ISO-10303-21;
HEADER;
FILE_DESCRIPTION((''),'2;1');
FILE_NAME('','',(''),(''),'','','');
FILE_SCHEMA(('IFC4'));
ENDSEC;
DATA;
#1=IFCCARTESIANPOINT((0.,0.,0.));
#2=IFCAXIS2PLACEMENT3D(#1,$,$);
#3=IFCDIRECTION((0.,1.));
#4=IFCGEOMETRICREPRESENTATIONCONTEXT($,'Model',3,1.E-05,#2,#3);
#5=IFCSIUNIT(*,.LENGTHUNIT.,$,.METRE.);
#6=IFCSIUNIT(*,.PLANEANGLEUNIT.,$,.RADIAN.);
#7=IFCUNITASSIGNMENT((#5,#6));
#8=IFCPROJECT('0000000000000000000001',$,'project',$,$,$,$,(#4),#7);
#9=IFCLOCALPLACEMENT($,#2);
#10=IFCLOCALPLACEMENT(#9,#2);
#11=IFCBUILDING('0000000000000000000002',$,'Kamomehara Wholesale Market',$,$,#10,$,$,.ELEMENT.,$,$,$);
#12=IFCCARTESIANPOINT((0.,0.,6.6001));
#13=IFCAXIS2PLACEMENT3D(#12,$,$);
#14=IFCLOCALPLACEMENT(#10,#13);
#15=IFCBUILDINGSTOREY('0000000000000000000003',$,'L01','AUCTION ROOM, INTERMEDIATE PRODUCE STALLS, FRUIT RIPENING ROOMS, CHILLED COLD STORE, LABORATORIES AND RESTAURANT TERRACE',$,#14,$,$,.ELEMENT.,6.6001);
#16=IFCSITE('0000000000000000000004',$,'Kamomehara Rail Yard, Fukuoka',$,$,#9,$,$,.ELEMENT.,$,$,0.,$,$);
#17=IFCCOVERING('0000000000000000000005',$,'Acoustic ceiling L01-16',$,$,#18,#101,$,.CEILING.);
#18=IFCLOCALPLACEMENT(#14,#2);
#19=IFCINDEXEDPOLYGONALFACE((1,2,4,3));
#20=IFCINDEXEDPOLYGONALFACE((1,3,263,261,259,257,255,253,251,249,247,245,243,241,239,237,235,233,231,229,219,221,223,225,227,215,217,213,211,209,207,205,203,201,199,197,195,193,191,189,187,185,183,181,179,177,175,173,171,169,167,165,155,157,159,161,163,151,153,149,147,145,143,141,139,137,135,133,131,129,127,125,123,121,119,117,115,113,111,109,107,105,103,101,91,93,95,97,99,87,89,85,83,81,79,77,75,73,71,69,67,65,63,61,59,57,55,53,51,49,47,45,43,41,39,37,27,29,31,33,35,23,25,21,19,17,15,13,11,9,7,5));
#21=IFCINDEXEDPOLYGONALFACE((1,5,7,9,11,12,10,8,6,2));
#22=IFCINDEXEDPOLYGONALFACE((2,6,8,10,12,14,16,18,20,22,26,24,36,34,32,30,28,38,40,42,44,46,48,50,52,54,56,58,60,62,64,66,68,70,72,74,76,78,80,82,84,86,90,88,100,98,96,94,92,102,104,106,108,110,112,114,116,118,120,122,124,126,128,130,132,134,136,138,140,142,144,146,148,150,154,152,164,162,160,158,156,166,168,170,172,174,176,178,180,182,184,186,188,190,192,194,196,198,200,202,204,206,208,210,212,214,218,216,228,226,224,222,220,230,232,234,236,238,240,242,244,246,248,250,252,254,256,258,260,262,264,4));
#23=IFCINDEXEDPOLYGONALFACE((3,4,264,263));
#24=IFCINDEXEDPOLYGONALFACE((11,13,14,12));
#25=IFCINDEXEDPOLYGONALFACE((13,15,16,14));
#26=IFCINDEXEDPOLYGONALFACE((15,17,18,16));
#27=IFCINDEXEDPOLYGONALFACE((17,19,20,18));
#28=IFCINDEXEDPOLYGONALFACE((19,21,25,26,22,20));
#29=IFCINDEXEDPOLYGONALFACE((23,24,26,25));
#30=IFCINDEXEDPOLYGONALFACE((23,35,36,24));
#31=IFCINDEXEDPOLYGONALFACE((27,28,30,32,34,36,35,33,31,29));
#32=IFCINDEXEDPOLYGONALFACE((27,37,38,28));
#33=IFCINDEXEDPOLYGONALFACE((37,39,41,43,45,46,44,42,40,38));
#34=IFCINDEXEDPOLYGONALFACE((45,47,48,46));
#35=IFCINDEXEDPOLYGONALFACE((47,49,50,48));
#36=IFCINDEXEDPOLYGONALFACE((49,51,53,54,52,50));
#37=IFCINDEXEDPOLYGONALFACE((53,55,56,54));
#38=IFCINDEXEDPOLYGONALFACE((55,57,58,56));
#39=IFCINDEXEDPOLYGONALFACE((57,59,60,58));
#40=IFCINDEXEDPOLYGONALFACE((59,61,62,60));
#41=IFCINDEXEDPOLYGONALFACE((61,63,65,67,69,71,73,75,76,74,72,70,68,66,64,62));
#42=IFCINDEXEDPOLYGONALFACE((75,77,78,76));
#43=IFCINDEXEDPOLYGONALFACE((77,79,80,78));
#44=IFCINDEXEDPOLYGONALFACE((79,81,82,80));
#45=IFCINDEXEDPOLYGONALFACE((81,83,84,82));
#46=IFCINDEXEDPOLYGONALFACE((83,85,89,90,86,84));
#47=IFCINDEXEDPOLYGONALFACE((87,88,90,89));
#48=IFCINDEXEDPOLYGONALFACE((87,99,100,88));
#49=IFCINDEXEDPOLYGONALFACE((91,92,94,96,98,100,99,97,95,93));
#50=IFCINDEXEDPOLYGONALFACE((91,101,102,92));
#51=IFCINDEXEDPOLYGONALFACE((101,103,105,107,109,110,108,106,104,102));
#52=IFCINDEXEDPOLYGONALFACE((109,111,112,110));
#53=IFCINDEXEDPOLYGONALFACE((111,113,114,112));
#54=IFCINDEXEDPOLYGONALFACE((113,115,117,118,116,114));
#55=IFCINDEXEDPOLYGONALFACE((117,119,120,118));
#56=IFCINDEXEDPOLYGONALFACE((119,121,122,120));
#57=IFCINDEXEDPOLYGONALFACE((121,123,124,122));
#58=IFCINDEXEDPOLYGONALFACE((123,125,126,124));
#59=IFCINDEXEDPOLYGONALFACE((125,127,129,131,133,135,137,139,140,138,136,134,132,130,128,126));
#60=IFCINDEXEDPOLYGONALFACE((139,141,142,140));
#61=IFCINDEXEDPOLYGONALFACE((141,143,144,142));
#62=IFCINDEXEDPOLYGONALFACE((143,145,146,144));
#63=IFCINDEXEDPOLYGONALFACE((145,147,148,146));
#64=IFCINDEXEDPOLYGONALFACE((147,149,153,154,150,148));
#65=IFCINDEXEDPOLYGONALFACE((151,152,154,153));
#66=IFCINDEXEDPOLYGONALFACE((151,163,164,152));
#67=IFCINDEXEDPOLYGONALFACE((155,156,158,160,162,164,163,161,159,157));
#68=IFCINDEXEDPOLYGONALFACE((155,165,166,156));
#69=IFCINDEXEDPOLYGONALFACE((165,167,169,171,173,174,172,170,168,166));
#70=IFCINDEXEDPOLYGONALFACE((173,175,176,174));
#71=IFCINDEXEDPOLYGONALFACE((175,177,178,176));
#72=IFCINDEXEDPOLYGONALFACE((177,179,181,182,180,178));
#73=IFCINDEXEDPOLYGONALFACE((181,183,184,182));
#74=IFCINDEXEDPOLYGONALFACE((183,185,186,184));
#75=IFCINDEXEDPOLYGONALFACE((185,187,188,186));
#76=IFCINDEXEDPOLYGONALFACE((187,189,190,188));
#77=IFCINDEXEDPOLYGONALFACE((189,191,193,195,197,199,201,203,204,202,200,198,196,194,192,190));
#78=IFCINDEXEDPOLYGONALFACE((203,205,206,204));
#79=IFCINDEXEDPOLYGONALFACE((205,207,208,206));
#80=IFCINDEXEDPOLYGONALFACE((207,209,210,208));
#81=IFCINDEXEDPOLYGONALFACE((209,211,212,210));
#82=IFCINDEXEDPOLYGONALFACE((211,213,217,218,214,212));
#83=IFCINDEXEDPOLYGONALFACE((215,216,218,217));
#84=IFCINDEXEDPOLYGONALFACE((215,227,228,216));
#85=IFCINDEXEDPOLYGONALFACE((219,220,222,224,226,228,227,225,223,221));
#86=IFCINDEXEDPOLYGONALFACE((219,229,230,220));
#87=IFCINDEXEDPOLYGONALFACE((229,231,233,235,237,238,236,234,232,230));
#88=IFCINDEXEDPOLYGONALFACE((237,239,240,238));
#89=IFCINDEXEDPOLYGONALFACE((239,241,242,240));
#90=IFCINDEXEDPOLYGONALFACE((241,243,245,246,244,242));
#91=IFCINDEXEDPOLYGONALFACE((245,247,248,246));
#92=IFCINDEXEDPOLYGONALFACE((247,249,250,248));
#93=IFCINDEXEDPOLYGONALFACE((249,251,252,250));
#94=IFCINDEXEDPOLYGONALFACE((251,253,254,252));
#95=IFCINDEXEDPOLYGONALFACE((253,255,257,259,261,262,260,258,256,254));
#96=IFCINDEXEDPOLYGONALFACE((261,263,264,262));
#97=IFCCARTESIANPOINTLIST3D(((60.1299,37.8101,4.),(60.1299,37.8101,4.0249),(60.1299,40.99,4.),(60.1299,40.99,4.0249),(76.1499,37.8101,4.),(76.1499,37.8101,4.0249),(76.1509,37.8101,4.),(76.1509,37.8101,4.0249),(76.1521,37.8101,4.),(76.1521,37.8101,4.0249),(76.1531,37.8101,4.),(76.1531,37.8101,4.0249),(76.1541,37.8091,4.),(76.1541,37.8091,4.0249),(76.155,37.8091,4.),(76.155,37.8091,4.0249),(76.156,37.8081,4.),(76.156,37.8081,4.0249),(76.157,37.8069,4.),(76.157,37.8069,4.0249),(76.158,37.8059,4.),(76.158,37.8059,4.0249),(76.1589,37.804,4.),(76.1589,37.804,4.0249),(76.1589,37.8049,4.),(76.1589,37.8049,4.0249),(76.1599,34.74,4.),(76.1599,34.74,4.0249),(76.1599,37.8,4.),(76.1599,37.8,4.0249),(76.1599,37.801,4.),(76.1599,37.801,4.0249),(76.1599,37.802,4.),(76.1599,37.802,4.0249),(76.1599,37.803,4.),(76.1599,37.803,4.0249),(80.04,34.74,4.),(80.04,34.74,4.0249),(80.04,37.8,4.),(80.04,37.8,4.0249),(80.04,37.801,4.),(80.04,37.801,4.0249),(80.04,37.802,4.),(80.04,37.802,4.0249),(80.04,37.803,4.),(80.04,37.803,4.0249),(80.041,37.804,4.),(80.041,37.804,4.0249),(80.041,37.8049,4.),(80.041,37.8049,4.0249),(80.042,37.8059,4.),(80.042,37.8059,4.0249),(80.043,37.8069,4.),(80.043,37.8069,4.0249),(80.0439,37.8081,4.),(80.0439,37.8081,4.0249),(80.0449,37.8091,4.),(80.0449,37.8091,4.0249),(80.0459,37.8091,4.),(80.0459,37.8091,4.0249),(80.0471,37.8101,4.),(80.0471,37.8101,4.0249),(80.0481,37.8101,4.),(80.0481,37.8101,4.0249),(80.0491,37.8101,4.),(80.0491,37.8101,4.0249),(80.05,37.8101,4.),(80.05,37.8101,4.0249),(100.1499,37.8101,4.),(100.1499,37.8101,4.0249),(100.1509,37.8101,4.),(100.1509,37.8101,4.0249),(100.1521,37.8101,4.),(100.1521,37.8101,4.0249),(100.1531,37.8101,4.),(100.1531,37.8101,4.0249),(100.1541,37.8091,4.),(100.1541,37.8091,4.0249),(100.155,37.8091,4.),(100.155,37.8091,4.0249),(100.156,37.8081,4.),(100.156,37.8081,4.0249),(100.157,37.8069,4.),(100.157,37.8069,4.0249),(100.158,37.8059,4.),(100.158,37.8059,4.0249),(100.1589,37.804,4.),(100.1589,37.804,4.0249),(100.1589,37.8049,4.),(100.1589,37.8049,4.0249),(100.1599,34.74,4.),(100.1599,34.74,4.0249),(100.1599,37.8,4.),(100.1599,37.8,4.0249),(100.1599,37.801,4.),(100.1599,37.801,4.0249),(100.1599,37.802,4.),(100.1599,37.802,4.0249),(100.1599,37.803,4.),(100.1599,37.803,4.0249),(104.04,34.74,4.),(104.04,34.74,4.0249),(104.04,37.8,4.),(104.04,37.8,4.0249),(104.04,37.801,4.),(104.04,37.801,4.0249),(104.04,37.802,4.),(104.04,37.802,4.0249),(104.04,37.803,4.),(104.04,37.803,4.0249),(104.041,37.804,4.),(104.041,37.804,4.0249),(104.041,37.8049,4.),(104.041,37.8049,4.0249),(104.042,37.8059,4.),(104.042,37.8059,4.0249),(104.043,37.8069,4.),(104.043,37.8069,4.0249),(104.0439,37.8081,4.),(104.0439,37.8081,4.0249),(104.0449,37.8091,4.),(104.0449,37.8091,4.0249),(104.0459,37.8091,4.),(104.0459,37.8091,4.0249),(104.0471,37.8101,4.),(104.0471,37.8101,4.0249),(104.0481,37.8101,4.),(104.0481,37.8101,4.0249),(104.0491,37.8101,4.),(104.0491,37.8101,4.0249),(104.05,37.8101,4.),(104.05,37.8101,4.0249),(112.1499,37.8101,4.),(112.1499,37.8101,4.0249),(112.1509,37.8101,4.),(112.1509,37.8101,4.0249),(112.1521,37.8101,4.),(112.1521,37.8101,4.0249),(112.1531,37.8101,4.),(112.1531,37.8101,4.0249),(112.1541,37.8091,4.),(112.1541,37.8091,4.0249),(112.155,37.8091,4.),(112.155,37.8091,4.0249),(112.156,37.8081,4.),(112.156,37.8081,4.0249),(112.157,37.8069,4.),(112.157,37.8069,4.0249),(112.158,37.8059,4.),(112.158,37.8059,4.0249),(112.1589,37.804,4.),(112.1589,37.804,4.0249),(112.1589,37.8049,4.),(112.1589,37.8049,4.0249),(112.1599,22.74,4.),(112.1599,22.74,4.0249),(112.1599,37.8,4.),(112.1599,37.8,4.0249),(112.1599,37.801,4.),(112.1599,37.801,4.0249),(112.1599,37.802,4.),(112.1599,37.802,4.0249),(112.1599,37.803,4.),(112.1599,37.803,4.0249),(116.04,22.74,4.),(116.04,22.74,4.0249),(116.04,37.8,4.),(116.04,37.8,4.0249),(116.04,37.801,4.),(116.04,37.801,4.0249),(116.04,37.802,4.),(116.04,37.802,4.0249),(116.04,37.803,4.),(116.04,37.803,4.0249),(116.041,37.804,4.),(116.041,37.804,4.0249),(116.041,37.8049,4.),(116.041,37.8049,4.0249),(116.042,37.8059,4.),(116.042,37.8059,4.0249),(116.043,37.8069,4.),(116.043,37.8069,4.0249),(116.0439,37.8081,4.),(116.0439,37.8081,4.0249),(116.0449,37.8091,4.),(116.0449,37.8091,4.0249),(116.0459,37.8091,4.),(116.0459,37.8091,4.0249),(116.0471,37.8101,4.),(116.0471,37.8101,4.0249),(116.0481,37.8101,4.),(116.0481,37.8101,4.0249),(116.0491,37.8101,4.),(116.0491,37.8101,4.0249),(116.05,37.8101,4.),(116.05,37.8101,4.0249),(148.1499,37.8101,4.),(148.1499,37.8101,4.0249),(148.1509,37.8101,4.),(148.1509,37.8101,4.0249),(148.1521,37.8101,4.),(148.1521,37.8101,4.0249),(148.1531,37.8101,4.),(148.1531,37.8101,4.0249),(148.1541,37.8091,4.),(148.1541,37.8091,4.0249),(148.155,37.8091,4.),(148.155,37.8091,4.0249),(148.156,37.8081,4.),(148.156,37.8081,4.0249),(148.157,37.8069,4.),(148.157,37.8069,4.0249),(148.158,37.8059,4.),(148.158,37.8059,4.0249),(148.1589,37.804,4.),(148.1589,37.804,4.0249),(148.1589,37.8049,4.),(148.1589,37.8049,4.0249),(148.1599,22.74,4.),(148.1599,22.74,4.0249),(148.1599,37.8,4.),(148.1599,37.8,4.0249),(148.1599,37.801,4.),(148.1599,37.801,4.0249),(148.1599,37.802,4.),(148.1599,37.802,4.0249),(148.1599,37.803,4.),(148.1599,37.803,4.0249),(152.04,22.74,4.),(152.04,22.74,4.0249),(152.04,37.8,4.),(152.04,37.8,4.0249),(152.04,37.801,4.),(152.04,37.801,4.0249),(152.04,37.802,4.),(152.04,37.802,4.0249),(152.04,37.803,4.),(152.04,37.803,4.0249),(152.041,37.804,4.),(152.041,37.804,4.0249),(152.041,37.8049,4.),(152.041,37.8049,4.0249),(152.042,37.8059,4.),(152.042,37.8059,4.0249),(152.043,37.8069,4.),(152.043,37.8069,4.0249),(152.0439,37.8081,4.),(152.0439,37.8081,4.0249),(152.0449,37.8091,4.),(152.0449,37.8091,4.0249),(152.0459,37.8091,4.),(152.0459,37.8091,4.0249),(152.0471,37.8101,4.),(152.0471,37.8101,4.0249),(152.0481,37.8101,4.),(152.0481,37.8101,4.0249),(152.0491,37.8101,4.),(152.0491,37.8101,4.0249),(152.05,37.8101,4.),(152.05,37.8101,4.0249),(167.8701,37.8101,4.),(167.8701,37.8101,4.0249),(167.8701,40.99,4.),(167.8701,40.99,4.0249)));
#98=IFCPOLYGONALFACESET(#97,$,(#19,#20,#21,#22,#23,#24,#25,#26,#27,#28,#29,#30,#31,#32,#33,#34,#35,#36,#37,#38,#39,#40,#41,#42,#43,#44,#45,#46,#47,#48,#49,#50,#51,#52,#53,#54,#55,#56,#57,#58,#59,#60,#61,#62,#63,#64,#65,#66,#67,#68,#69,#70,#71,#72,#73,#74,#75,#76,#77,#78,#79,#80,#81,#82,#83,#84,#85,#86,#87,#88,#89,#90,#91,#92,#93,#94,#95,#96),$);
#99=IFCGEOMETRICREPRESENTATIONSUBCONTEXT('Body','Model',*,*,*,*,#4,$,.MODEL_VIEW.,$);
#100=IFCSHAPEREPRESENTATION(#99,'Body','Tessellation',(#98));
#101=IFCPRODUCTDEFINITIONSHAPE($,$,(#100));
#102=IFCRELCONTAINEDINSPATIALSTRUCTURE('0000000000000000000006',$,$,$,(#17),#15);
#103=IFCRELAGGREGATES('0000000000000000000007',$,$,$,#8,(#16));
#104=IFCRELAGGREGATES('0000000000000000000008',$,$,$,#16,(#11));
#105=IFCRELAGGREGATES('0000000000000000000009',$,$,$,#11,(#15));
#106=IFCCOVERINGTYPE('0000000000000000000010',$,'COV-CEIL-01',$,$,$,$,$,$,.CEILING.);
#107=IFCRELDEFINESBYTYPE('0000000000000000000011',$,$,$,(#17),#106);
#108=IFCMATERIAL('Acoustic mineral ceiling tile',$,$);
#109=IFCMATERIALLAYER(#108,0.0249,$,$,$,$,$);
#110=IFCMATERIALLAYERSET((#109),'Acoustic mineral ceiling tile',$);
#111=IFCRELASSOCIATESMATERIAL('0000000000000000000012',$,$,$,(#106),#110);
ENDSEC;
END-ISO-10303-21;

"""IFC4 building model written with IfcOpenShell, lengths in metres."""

from ifc_helpers import new_model, si_unit, direction, frame, origin, place, context, subcontext, project, spatial, polyline, outline, extrude, material, layer, layer_set, type_object, element, save


model = new_model("IFC4")

# Units and contexts
model_context = context("Model", 3, precision=1e-05, world=origin(), true_north=direction((0.0, 1.0)))
body_context = subcontext(model_context, "Body", "Model", "MODEL_VIEW")
ifc_project = project(units=[si_unit("LENGTHUNIT", "METRE"), si_unit("PLANEANGLEUNIT", "RADIAN")], contexts=[model_context])

# Site, building, storey
site_placement = place(None, origin())
site = spatial("IfcSite", under=ifc_project, at=site_placement, Name="Kamomehara Rail Yard, Fukuoka", CompositionType="ELEMENT", RefElevation=0.0)
building_placement = place(site_placement, origin())
building = spatial("IfcBuilding", under=site, at=building_placement, Name="Kamomehara Wholesale Market", CompositionType="ELEMENT")
storey_placement = place(building_placement, frame((0.0, 0.0, 6.6001)))
storey = spatial("IfcBuildingStorey", under=building, at=storey_placement, Name="L01", Description="AUCTION ROOM, INTERMEDIATE PRODUCE STALLS, FRUIT RIPENING ROOMS, CHILLED COLD STORE, LABORATORIES AND RESTAURANT TERRACE", CompositionType="ELEMENT", Elevation=6.6001)

# Covering
ifc_material_1 = material(Name="Acoustic mineral ceiling tile")
ifc_layer_1 = layer(ifc_material_1, 0.0249)
ifc_layer_set_1 = layer_set([ifc_layer_1], Name="Acoustic mineral ceiling tile")
covering_type_1 = type_object("IfcCoveringType", Name="COV-CEIL-01", PredefinedType="CEILING", material=ifc_layer_set_1)
covering_1_placement = place(storey_placement, frame((0.0, 0.0, 4.0)))
element("IfcCovering", 1, at=covering_1_placement, inside=storey, type_object=covering_type_1, Name="Acoustic ceiling L01-16", PredefinedType="CEILING", context=body_context, shape_type="SweptSolid", body=[
    extrude(outline(polyline([(80.0459, 37.8091), (80.0449, 37.8091), (80.0439, 37.8081), (80.0439, 37.8081), (80.043, 37.8069), (80.042, 37.8059), (80.042, 37.8059), (80.041, 37.8049), (80.041, 37.804), (80.04, 37.803), (80.04, 37.802), (80.04, 37.801), (80.04, 37.8), (80.04, 34.74), (76.1599, 34.74), (76.1599, 37.8), (76.1599, 37.801), (76.1599, 37.802), (76.1599, 37.803), (76.1589, 37.804), (76.1589, 37.8049), (76.158, 37.8059), (76.158, 37.8059), (76.157, 37.8069), (76.156, 37.8081), (76.156, 37.8081), (76.155, 37.8091), (76.1541, 37.8091), (76.1531, 37.8101), (76.1521, 37.8101), (76.1509, 37.8101), (76.1499, 37.8101), (60.1299, 37.8101), (60.1299, 40.99), (167.8701, 40.99), (167.8701, 37.8101), (152.05, 37.8101), (152.0491, 37.8101), (152.0481, 37.8101), (152.0471, 37.8101), (152.0459, 37.8091), (152.0449, 37.8091), (152.0439, 37.8081), (152.0439, 37.8081), (152.043, 37.8069), (152.042, 37.8059), (152.042, 37.8059), (152.041, 37.8049), (152.041, 37.804), (152.04, 37.803), (152.04, 37.802), (152.04, 37.801), (152.04, 37.8), (152.04, 22.74), (148.1599, 22.74), (148.1599, 37.8), (148.1599, 37.801), (148.1599, 37.802), (148.1599, 37.803), (148.1589, 37.804), (148.1589, 37.8049), (148.158, 37.8059), (148.158, 37.8059), (148.157, 37.8069), (148.156, 37.8081), (148.156, 37.8081), (148.155, 37.8091), (148.1541, 37.8091), (148.1531, 37.8101), (148.1521, 37.8101), (148.1509, 37.8101), (148.1499, 37.8101), (116.05, 37.8101), (116.0491, 37.8101), (116.0481, 37.8101), (116.0471, 37.8101), (116.0459, 37.8091), (116.0449, 37.8091), (116.0439, 37.8081), (116.0439, 37.8081), (116.043, 37.8069), (116.042, 37.8059), (116.042, 37.8059), (116.041, 37.8049), (116.041, 37.804), (116.04, 37.803), (116.04, 37.802), (116.04, 37.801), (116.04, 37.8), (116.04, 22.74), (112.1599, 22.74), (112.1599, 37.8), (112.1599, 37.801), (112.1599, 37.802), (112.1599, 37.803), (112.1589, 37.804), (112.1589, 37.8049), (112.158, 37.8059), (112.158, 37.8059), (112.157, 37.8069), (112.156, 37.8081), (112.156, 37.8081), (112.155, 37.8091), (112.1541, 37.8091), (112.1531, 37.8101), (112.1521, 37.8101), (112.1509, 37.8101), (112.1499, 37.8101), (104.05, 37.8101), (104.0491, 37.8101), (104.0481, 37.8101), (104.0471, 37.8101), (104.0459, 37.8091), (104.0449, 37.8091), (104.0439, 37.8081), (104.0439, 37.8081), (104.043, 37.8069), (104.042, 37.8059), (104.042, 37.8059), (104.041, 37.8049), (104.041, 37.804), (104.04, 37.803), (104.04, 37.802), (104.04, 37.801), (104.04, 37.8), (104.04, 34.74), (100.1599, 34.74), (100.1599, 37.8), (100.1599, 37.801), (100.1599, 37.802), (100.1599, 37.803), (100.1589, 37.804), (100.1589, 37.8049), (100.158, 37.8059), (100.158, 37.8059), (100.157, 37.8069), (100.156, 37.8081), (100.156, 37.8081), (100.155, 37.8091), (100.1541, 37.8091), (100.1531, 37.8101), (100.1521, 37.8101), (100.1509, 37.8101), (100.1499, 37.8101), (80.05, 37.8101), (80.0491, 37.8101), (80.0481, 37.8101), (80.0471, 37.8101), (80.0459, 37.8091)])), origin(), (0.0, 0.0, 1.0), 0.0249),
])

save(model, "model.ifc")
